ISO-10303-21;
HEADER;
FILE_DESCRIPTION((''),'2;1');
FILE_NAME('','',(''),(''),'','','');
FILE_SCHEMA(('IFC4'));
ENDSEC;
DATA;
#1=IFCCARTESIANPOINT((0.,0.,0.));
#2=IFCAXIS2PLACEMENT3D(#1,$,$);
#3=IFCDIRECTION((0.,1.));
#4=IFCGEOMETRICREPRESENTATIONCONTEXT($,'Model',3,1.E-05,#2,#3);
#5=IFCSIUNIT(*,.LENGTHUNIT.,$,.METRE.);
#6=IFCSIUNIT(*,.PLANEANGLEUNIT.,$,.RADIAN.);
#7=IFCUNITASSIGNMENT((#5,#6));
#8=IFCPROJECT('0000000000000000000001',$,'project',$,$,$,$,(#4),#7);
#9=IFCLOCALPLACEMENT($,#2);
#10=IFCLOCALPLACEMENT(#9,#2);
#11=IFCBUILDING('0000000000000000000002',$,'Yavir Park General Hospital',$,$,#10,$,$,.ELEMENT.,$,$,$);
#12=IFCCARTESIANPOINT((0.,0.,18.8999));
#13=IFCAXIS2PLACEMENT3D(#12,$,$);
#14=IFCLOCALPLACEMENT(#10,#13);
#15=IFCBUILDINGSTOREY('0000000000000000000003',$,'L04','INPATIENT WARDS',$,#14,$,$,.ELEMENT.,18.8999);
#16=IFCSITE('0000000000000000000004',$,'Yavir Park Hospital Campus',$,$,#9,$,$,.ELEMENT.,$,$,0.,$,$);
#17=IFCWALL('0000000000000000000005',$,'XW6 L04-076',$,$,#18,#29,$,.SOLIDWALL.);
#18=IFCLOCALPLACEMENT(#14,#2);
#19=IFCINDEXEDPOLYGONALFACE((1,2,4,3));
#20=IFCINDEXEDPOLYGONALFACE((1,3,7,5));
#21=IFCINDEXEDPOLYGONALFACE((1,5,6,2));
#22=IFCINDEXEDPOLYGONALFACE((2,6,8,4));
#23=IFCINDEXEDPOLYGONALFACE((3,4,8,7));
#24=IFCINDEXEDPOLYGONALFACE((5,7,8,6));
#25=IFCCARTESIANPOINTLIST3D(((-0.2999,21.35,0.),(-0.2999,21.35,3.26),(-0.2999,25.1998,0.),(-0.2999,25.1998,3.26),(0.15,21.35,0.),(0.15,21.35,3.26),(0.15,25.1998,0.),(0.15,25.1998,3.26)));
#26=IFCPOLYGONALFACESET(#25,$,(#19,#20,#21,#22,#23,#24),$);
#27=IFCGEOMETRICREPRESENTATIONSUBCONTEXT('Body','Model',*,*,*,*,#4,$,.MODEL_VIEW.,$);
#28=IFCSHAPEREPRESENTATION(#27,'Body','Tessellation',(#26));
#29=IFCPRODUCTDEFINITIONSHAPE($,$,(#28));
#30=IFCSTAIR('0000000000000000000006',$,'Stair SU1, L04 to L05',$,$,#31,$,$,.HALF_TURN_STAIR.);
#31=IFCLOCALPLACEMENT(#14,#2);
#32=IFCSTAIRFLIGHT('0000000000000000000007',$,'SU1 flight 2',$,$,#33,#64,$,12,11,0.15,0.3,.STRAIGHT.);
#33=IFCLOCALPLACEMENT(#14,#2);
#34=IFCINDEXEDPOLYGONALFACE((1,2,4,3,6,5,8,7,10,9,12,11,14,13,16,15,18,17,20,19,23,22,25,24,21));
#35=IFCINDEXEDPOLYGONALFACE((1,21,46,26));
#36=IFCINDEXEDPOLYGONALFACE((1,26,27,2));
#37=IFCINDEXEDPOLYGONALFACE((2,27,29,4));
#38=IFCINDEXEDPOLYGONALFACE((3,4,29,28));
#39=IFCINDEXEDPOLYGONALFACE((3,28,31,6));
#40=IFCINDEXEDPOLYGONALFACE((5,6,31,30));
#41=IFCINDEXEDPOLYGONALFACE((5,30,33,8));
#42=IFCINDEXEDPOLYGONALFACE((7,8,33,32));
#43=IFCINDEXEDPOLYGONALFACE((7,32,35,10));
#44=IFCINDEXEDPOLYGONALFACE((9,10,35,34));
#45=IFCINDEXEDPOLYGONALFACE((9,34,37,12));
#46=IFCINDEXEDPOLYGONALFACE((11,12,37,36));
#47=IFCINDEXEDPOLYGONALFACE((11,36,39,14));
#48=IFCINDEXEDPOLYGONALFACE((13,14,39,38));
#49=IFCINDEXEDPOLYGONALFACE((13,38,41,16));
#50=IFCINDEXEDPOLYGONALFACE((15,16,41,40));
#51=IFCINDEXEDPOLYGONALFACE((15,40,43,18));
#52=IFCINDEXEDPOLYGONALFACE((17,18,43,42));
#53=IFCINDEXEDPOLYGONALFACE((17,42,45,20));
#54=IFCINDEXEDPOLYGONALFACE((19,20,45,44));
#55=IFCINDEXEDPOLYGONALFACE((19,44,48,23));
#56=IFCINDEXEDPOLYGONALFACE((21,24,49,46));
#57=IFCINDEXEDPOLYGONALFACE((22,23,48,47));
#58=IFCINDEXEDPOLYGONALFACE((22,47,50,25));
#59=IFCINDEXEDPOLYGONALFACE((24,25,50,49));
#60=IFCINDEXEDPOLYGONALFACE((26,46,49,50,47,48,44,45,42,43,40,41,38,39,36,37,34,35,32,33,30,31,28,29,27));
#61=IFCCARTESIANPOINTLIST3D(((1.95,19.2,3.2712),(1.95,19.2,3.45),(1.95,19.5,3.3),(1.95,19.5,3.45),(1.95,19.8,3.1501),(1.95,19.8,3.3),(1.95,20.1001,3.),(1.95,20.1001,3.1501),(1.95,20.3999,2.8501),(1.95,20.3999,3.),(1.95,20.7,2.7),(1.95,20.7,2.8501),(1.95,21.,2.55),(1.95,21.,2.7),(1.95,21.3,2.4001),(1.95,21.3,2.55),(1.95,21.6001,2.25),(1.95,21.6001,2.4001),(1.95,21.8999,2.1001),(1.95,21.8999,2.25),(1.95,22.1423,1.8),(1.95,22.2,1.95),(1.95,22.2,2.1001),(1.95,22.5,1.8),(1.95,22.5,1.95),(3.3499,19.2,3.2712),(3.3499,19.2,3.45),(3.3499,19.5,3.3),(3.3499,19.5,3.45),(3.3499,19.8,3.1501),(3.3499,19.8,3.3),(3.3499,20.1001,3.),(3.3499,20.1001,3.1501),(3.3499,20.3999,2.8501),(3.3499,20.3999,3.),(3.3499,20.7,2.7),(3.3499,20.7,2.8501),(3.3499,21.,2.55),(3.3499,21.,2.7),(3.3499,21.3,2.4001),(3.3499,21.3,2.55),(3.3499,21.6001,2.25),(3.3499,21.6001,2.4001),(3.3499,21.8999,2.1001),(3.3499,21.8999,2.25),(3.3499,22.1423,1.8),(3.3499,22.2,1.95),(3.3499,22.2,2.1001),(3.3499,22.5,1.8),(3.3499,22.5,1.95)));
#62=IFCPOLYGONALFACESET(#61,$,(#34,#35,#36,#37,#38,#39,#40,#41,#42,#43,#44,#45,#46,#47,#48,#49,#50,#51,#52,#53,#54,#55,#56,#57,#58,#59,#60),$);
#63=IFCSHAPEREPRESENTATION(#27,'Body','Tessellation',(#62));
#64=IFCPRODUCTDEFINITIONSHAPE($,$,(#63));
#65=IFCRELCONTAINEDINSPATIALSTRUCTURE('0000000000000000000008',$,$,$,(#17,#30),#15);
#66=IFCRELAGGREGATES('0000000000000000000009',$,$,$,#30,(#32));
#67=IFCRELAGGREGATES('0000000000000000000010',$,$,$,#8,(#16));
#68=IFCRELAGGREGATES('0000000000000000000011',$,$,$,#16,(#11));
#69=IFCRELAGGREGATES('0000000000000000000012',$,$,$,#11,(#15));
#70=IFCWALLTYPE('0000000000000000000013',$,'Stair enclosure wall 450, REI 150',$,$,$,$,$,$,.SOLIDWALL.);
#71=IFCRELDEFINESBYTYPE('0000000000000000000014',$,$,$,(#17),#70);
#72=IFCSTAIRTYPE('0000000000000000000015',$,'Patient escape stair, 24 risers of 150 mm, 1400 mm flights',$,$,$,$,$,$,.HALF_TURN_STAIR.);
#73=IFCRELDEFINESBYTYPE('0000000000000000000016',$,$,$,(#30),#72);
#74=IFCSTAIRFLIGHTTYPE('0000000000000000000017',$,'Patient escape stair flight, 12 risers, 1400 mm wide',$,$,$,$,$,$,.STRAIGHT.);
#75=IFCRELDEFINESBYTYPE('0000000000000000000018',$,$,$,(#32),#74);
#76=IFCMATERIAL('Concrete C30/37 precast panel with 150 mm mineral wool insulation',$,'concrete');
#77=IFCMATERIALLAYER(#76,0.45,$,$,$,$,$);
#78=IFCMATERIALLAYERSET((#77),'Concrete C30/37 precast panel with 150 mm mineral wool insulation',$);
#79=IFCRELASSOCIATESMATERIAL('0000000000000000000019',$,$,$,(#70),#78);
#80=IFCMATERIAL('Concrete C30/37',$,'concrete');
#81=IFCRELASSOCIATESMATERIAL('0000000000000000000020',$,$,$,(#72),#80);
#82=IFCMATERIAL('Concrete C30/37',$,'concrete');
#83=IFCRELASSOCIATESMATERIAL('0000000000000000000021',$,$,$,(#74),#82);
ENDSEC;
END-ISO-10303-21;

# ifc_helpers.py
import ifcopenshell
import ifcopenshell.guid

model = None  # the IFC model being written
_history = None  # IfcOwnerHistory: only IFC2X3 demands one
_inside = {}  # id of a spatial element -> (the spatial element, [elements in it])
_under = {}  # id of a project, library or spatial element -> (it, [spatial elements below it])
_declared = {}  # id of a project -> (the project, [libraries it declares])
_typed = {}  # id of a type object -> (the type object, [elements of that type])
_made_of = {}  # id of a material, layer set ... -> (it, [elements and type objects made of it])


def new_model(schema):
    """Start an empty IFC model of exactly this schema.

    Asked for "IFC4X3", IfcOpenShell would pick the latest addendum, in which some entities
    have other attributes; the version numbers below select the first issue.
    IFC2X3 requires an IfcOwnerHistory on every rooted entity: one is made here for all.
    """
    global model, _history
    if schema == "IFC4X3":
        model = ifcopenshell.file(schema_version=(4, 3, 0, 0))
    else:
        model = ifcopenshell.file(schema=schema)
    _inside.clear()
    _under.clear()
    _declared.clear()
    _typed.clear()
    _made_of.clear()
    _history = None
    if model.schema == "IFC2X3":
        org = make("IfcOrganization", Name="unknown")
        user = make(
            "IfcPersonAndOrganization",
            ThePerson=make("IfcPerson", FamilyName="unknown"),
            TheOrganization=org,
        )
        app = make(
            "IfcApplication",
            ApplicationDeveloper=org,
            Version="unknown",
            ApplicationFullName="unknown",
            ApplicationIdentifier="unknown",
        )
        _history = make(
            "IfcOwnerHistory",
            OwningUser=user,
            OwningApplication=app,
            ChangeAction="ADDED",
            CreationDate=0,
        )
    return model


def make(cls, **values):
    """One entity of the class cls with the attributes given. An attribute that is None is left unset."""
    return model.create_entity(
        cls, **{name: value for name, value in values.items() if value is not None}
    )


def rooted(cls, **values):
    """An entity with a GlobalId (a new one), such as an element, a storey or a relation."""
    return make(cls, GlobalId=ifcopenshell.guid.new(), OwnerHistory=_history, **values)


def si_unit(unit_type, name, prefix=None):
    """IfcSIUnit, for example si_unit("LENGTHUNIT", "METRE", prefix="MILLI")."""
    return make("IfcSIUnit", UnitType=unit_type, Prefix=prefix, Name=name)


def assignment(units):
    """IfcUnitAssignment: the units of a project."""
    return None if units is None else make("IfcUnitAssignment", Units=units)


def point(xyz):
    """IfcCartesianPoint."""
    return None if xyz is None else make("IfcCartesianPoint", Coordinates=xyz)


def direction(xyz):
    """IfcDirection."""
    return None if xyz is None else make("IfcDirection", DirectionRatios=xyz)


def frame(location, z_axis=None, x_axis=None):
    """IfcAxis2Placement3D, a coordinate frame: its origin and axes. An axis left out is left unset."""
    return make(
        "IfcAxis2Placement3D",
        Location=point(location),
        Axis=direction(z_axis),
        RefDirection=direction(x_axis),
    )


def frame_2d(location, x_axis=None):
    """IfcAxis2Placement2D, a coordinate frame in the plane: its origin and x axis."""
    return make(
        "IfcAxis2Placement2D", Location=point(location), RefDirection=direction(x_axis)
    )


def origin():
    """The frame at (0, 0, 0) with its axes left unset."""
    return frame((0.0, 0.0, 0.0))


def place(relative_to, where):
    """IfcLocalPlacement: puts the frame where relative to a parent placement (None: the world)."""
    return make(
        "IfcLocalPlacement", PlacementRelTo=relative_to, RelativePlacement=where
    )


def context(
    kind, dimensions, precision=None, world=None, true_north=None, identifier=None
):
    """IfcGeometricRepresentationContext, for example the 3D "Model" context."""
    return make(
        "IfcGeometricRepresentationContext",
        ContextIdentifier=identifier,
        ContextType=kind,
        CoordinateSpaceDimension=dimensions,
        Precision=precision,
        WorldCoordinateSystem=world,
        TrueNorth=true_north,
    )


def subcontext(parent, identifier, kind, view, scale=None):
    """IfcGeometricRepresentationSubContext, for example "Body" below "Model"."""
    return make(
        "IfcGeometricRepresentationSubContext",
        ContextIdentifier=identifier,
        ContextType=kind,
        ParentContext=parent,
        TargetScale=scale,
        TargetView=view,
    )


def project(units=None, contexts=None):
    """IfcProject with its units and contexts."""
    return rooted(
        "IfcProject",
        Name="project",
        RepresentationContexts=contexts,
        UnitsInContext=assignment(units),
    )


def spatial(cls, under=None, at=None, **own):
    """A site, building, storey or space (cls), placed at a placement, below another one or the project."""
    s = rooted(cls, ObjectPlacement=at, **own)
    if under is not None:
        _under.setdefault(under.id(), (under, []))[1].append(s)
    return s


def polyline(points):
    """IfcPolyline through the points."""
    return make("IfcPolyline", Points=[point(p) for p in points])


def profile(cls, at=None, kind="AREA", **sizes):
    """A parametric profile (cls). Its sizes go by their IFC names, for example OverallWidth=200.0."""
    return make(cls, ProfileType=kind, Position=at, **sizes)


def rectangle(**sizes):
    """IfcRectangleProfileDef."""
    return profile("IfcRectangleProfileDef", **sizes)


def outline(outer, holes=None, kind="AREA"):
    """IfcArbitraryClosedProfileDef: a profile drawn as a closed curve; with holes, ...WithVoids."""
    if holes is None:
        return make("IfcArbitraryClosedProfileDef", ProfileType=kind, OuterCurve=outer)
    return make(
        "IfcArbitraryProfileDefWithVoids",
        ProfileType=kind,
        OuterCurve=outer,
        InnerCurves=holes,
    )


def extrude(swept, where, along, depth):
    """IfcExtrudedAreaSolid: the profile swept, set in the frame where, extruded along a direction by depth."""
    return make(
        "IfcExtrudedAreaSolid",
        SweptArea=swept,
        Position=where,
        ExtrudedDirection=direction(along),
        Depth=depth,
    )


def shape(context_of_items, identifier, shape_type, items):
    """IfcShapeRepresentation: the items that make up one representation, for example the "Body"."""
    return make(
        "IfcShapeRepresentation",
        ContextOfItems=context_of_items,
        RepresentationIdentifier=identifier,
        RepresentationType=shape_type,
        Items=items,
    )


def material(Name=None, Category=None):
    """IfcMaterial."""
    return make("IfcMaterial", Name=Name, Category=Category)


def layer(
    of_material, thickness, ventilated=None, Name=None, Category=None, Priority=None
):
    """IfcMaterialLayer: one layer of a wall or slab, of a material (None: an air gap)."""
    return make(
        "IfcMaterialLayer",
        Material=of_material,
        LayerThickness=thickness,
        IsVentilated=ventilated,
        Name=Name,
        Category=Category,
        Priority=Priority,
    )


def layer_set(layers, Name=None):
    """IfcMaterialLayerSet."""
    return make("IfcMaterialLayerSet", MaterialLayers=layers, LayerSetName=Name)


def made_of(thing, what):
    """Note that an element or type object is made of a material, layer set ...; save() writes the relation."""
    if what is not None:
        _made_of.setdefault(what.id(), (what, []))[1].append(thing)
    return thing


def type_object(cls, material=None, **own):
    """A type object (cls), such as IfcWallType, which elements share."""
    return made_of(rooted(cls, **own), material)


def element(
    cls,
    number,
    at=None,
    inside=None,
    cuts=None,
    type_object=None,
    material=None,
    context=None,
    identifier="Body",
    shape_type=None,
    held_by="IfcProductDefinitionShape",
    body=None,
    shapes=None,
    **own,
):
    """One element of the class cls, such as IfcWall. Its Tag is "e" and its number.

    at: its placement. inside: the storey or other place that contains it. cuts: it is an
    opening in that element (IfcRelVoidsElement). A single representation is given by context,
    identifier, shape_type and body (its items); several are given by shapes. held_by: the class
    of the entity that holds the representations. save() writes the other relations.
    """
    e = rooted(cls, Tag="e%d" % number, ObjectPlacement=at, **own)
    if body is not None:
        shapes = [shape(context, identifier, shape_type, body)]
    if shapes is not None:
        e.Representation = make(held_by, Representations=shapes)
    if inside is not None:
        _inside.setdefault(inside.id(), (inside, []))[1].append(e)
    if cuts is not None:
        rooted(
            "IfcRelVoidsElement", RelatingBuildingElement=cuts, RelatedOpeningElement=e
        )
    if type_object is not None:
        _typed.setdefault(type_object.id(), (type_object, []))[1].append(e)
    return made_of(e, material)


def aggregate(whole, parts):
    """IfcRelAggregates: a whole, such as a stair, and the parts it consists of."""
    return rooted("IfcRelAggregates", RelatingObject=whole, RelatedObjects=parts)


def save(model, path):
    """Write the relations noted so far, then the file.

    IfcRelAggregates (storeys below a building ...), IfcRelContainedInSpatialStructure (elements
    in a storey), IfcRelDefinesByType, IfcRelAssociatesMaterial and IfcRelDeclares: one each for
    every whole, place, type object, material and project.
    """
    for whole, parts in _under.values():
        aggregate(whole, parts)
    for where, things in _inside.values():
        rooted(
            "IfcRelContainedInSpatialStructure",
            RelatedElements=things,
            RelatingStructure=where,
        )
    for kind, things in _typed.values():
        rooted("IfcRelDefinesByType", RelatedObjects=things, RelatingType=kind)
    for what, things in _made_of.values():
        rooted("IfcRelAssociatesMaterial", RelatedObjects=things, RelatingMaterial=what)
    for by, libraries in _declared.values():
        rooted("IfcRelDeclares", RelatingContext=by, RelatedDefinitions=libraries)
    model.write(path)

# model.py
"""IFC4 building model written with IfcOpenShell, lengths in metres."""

from ifc_helpers import new_model, si_unit, direction, frame, frame_2d, origin, place, context, subcontext, project, spatial, polyline, rectangle, outline, extrude, material, layer, layer_set, type_object, element, aggregate, save


model = new_model("IFC4")

# Units and contexts
model_context = context("Model", 3, precision=1e-05, world=origin(), true_north=direction((0.0, 1.0)))
body_context = subcontext(model_context, "Body", "Model", "MODEL_VIEW")
ifc_project = project(units=[si_unit("LENGTHUNIT", "METRE"), si_unit("PLANEANGLEUNIT", "RADIAN")], contexts=[model_context])

# Site, building, storey
site_placement = place(None, origin())
site = spatial("IfcSite", under=ifc_project, at=site_placement, Name="Yavir Park Hospital Campus", CompositionType="ELEMENT", RefElevation=0.0)
building_placement = place(site_placement, origin())
building = spatial("IfcBuilding", under=site, at=building_placement, Name="Yavir Park General Hospital", CompositionType="ELEMENT")
storey_placement = place(building_placement, frame((0.0, 0.0, 18.8999)))
storey = spatial("IfcBuildingStorey", under=building, at=storey_placement, Name="L04", Description="INPATIENT WARDS", CompositionType="ELEMENT", Elevation=18.8999)

# Wall
ifc_material_1 = material(Name="Concrete C30/37 precast panel with 150 mm mineral wool insulation", Category="concrete")
ifc_layer_1 = layer(ifc_material_1, 0.45)
ifc_layer_set_1 = layer_set([ifc_layer_1], Name="Concrete C30/37 precast panel with 150 mm mineral wool insulation")
wall_type_1 = type_object("IfcWallType", Name="Stair enclosure wall 450, REI 150", PredefinedType="SOLIDWALL", material=ifc_layer_set_1)
wall_1_placement = place(storey_placement, frame((-0.075, 21.3501, 0.0), z_axis=(0.0, 0.0, 1.0), x_axis=(0.0, 1.0, 0.0)))
element("IfcWall", 1, at=wall_1_placement, inside=storey, type_object=wall_type_1, Name="XW6 L04-076", PredefinedType="SOLIDWALL", context=body_context, shape_type="SweptSolid", body=[
    extrude(rectangle(XDim=3.8499, YDim=0.45, at=frame_2d((1.9248, 0.0))), origin(), (0.0, 0.0, 1.0), 3.26),
])

# Stair, stair flight
ifc_material_2 = material(Name="Concrete C30/37", Category="concrete")
stair_type = type_object("IfcStairType", Name="Patient escape stair, 24 risers of 150 mm, 1400 mm flights", PredefinedType="HALF_TURN_STAIR", material=ifc_material_2)
stair_placement = place(storey_placement, origin())
stair = element("IfcStair", 2, at=stair_placement, inside=storey, type_object=stair_type, Name="Stair SU1, L04 to L05", PredefinedType="HALF_TURN_STAIR")
ifc_material_3 = material(Name="Concrete C30/37", Category="concrete")
stair_flight_type = type_object("IfcStairFlightType", Name="Patient escape stair flight, 12 risers, 1400 mm wide", PredefinedType="STRAIGHT", material=ifc_material_3)
stair_flight_placement = place(storey_placement, frame((2.6499, 22.5, 1.8), z_axis=(0.0, 0.0, 1.0), x_axis=(0.0, -1.0, 0.0)))
stair_flight = element("IfcStairFlight", 3, at=stair_flight_placement, type_object=stair_flight_type, Name="SU1 flight 2", NumberOfRisers=12, NumberOfTreads=11, PredefinedType="STRAIGHT", RiserHeight=0.15, TreadLength=0.3, context=body_context, shape_type="SweptSolid", body=[
    extrude(outline(polyline([(0.0, 0.0), (0.0, 0.1499), (0.3, 0.1499), (0.3, 0.3), (0.6001, 0.3), (0.6001, 0.45), (0.8999, 0.45), (0.8999, 0.6001), (1.2, 0.6001), (1.2, 0.75), (1.5, 0.75), (1.5, 0.8999), (1.8, 0.8999), (1.8, 1.05), (2.1001, 1.05), (2.1001, 1.2), (2.3999, 1.2), (2.3999, 1.3501), (2.7, 1.3501), (2.7, 1.5), (3.0, 1.5), (3.0, 1.6499), (3.3, 1.6499), (3.3, 1.8), (3.3, 1.4712), (0.3577, 0.0), (0.0, 0.0)])), frame((0.0, 0.7, 0.0), z_axis=(0.0, -1.0, 0.0), x_axis=(1.0, 0.0, 0.0)), (0.0, 0.0, 1.0), 1.3999),
])
aggregate(stair, [stair_flight])

save(model, "model.ifc")
